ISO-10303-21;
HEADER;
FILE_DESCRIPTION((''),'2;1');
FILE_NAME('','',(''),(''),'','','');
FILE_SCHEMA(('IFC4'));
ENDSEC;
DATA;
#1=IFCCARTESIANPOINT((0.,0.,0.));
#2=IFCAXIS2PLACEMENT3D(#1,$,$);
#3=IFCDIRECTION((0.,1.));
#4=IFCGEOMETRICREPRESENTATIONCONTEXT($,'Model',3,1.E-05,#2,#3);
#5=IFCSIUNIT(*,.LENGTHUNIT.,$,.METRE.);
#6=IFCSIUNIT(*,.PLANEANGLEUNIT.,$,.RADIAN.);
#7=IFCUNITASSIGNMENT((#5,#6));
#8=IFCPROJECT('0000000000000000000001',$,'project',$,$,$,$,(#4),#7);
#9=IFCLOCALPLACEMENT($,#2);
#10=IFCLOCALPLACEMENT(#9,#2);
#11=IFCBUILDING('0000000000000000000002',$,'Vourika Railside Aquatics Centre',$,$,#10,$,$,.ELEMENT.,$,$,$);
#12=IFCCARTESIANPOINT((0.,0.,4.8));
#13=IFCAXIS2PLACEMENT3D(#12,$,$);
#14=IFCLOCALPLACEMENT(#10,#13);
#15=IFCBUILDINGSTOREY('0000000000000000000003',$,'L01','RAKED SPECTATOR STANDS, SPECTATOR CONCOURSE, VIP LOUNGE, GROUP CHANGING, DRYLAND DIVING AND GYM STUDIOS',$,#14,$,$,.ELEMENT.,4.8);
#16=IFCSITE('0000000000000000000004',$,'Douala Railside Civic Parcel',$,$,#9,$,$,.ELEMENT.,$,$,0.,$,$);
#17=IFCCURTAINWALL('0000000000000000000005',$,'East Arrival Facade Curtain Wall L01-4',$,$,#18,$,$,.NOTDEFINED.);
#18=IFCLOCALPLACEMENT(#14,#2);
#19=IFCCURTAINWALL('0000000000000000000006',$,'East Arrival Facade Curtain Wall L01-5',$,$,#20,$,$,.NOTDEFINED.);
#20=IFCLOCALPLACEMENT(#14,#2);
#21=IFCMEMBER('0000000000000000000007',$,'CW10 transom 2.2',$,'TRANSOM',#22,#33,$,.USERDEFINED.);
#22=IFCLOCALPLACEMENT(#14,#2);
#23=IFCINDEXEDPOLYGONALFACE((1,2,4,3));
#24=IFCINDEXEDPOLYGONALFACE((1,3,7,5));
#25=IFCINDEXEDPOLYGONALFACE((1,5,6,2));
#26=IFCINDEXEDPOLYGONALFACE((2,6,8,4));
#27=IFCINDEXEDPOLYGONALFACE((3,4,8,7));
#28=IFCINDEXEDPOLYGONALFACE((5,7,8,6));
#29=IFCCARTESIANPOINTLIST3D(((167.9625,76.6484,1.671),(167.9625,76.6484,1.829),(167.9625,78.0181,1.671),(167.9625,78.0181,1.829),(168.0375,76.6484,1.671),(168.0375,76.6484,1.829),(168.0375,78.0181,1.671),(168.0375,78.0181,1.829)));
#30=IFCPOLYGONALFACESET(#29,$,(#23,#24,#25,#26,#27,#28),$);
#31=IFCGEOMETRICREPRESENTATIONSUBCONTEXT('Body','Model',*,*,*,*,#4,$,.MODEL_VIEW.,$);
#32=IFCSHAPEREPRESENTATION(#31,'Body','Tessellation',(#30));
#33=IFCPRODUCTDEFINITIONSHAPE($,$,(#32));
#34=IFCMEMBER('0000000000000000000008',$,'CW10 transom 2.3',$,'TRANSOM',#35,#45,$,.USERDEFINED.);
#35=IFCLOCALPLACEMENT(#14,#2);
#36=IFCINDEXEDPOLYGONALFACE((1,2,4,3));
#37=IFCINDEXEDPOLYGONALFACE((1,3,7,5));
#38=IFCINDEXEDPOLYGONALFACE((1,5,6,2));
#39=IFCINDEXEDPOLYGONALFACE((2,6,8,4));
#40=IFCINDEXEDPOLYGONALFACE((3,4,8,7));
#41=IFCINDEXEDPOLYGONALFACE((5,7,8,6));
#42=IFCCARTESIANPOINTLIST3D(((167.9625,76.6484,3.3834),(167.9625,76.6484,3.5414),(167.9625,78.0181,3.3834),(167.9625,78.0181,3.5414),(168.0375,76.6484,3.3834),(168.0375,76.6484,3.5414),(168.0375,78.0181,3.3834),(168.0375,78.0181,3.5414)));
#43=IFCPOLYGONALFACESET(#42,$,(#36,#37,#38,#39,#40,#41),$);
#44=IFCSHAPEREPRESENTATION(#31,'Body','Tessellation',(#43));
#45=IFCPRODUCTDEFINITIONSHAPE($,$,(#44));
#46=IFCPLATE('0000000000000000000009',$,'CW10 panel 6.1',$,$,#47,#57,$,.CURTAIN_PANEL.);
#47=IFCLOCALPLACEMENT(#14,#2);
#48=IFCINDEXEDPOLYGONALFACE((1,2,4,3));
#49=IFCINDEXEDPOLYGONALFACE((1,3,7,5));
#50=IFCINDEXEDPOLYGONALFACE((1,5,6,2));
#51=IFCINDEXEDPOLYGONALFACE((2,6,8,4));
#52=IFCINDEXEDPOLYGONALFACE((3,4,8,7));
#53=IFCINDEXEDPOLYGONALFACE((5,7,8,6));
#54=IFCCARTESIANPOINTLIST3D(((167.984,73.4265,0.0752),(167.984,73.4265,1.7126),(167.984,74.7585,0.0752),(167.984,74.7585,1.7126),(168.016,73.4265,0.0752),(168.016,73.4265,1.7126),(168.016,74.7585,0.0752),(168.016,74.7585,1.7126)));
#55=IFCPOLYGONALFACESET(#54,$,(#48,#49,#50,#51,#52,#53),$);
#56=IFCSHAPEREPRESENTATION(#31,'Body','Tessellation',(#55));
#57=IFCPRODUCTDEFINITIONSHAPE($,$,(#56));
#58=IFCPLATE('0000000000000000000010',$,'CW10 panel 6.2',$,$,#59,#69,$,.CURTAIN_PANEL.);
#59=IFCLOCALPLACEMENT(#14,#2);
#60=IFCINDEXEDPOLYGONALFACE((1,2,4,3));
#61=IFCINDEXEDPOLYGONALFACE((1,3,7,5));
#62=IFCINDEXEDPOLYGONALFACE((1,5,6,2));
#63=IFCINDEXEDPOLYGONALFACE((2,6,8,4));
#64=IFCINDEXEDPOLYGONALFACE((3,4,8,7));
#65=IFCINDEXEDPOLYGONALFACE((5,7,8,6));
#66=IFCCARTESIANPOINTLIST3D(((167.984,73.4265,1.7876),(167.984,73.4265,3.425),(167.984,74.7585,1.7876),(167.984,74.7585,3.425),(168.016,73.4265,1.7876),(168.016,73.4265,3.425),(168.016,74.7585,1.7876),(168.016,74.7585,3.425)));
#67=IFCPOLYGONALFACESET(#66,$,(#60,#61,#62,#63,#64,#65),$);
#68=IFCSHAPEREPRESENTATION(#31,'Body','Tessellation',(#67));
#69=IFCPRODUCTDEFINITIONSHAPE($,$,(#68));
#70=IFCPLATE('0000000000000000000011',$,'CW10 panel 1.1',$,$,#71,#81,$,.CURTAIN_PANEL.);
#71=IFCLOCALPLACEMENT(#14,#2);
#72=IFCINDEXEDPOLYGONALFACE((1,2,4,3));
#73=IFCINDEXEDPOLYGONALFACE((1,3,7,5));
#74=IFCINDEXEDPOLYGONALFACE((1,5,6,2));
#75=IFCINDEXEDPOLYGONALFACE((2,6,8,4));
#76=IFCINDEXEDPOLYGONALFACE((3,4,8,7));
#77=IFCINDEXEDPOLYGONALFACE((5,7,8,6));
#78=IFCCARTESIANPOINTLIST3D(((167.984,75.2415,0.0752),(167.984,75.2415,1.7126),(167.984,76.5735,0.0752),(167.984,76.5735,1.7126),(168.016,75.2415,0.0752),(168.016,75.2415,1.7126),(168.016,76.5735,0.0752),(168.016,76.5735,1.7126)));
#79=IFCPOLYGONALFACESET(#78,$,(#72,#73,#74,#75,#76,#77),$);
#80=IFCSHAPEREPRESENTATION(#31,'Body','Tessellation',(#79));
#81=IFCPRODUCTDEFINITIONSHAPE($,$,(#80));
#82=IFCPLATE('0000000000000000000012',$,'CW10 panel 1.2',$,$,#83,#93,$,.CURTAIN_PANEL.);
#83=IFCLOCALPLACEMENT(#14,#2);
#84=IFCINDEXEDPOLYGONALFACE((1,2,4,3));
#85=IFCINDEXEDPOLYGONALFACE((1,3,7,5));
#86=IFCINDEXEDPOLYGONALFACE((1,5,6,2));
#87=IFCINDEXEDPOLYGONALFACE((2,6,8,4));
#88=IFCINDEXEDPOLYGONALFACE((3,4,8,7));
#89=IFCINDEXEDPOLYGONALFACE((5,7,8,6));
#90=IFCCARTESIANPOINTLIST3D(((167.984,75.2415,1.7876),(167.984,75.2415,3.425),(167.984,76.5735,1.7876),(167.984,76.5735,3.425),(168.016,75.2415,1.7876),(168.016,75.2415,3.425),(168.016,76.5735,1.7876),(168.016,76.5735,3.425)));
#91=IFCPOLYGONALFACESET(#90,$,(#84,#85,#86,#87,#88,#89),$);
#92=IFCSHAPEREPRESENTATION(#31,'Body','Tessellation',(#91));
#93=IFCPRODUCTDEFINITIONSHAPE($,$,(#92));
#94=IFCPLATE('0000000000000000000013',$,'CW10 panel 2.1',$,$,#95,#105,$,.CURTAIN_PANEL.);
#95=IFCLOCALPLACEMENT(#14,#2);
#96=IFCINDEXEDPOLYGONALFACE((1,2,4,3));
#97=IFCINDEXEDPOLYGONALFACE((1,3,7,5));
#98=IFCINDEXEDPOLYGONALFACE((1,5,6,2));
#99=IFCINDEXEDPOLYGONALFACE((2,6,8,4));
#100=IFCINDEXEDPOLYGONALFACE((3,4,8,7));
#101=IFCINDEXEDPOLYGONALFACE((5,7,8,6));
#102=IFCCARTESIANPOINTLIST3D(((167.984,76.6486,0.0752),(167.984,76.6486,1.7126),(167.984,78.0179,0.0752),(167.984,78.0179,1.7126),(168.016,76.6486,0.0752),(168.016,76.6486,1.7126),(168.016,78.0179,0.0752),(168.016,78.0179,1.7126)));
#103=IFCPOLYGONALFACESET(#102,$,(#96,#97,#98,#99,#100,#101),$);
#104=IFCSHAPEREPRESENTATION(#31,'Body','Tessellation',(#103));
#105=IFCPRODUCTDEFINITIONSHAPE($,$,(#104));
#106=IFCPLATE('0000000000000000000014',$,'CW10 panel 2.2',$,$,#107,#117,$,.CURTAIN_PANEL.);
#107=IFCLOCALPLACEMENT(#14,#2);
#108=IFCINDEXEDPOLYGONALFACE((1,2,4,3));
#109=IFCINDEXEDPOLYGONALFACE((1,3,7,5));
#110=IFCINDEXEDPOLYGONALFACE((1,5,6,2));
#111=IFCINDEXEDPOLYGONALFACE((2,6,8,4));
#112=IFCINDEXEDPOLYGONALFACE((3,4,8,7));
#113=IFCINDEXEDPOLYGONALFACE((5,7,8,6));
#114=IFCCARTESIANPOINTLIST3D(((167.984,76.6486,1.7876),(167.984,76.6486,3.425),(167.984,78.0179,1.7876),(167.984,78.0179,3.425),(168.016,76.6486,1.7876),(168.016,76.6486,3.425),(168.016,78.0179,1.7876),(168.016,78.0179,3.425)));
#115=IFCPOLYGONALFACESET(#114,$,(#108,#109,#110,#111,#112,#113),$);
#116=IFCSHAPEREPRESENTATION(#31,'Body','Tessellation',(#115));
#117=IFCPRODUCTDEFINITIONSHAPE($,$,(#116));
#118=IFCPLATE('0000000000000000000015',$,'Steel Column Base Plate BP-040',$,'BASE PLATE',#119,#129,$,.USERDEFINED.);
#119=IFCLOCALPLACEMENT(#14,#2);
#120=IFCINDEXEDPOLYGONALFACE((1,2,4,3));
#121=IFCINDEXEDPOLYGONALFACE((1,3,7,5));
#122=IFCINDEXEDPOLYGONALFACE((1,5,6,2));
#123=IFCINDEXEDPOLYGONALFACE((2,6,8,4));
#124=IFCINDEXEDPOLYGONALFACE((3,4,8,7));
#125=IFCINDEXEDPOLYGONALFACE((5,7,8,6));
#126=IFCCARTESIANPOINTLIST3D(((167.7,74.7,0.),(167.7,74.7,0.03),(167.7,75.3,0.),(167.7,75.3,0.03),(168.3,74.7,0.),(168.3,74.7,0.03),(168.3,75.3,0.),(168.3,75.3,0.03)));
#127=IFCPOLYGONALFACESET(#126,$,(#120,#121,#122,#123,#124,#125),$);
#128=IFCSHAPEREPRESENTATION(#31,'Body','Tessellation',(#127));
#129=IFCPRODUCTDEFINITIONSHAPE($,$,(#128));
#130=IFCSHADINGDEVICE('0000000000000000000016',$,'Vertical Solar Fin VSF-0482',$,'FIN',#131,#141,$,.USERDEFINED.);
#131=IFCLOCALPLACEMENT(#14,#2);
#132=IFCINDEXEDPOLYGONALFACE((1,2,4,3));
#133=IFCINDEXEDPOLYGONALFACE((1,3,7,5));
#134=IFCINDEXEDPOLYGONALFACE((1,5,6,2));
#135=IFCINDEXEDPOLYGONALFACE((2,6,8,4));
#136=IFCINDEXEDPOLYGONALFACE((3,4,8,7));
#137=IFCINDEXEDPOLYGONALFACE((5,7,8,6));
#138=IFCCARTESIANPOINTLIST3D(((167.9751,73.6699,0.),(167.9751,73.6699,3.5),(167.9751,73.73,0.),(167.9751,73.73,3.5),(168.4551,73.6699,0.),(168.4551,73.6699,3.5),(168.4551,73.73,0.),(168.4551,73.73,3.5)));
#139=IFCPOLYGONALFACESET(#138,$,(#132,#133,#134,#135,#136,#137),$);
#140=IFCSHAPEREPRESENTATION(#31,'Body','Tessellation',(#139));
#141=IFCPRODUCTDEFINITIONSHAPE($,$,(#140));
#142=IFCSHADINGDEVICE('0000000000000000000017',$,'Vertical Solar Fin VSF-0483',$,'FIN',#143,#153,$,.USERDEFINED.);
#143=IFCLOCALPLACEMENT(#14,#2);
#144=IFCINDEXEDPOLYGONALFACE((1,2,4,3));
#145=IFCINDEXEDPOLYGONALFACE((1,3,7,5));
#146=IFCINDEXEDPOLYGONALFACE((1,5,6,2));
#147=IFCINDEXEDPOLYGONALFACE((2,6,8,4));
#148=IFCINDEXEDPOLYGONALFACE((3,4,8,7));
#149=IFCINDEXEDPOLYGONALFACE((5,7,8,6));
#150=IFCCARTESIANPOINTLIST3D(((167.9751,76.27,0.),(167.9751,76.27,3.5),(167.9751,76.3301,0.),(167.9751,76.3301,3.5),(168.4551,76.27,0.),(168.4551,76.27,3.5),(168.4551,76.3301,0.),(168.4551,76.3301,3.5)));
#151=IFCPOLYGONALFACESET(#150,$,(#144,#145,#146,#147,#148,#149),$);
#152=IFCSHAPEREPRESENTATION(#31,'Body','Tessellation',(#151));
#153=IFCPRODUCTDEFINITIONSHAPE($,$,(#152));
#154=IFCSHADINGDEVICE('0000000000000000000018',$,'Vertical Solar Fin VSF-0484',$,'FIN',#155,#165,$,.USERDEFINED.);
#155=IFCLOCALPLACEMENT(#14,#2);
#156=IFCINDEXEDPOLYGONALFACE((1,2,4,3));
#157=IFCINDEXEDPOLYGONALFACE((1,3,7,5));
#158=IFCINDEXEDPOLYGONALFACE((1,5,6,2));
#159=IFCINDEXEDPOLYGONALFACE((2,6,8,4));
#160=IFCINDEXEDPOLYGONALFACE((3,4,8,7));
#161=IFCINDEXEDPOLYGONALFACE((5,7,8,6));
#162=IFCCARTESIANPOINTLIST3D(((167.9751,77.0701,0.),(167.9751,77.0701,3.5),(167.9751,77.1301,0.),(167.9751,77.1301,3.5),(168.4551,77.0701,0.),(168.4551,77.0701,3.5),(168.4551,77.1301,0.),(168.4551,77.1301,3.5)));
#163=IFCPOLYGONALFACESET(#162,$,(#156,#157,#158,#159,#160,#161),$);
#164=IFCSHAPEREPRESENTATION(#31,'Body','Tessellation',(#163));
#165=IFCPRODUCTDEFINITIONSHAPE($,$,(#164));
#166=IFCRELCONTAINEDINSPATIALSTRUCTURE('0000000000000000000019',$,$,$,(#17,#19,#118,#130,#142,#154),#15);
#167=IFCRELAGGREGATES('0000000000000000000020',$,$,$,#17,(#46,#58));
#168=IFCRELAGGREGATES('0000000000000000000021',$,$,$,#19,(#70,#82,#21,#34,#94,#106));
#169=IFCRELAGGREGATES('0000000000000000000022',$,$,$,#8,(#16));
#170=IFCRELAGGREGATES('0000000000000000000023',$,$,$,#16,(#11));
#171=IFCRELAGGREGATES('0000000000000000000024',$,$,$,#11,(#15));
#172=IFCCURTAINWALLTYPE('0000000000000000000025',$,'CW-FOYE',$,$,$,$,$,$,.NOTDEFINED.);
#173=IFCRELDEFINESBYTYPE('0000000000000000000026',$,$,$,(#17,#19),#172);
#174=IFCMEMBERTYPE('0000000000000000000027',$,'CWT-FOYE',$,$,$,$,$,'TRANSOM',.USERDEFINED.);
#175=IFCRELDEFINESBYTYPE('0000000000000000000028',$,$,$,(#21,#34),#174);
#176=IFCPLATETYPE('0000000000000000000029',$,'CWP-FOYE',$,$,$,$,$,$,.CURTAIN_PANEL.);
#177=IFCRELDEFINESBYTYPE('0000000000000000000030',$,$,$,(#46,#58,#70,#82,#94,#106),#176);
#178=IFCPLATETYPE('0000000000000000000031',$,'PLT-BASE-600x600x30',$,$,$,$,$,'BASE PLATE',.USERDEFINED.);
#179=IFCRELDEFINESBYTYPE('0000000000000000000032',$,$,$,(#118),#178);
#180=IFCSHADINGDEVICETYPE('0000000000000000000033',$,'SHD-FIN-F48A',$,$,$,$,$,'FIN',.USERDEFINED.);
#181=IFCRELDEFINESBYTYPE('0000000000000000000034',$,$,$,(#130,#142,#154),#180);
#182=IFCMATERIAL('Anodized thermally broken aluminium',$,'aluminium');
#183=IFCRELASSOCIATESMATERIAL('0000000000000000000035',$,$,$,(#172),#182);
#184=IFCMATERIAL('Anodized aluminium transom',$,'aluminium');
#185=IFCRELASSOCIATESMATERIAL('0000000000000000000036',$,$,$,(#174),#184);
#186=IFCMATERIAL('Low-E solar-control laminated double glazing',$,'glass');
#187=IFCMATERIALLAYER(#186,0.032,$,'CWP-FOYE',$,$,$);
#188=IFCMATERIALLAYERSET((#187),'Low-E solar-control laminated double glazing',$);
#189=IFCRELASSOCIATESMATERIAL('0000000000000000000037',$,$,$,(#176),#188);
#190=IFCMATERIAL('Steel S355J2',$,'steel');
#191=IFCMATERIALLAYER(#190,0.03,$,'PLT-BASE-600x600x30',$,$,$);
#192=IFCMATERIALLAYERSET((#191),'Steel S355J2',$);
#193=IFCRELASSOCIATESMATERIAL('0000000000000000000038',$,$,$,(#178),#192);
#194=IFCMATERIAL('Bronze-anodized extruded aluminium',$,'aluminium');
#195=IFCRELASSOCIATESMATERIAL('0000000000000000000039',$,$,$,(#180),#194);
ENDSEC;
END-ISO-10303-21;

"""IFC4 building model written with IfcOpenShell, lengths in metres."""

from ifc_helpers import new_model, si_unit, direction, frame, origin, origin_2d, place, context, subcontext, project, spatial, rectangle, extrude, material, layer, layer_set, material_profile, profile_set, type_object, element, aggregate, save


model = new_model("IFC4")

# Units and contexts
model_context = context("Model", 3, precision=1e-05, world=origin(), true_north=direction((0.0, 1.0)))
body_context = subcontext(model_context, "Body", "Model", "MODEL_VIEW")
ifc_project = project(units=[si_unit("LENGTHUNIT", "METRE"), si_unit("PLANEANGLEUNIT", "RADIAN")], contexts=[model_context])

# Site, building, storey
site_placement = place(None, origin())
site = spatial("IfcSite", under=ifc_project, at=site_placement, Name="Douala Railside Civic Parcel", CompositionType="ELEMENT", RefElevation=0.0)
building_placement = place(site_placement, origin())
building = spatial("IfcBuilding", under=site, at=building_placement, Name="Vourika Railside Aquatics Centre", CompositionType="ELEMENT")
storey_placement = place(building_placement, frame((0.0, 0.0, 4.8)))
storey = spatial("IfcBuildingStorey", under=building, at=storey_placement, Name="L01", Description="RAKED SPECTATOR STANDS, SPECTATOR CONCOURSE, VIP LOUNGE, GROUP CHANGING, DRYLAND DIVING AND GYM STUDIOS", CompositionType="ELEMENT", Elevation=4.8)

# Shared definitions
ifc_material_1 = material(Name="Steel S355J2", Category="steel")

# Curtain wall
ifc_material_2 = material(Name="Anodized thermally broken aluminium", Category="aluminium")
curtain_wall_type = type_object("IfcCurtainWallType", Name="CW-FOYE", PredefinedType="NOTDEFINED", material=ifc_material_2)
curtain_wall_1_placement = place(storey_placement, origin())
curtain_wall_1 = element("IfcCurtainWall", 1, at=curtain_wall_1_placement, inside=storey, type_object=curtain_wall_type, Name="East Arrival Facade Curtain Wall L01-4", PredefinedType="NOTDEFINED")

# Curtain wall
curtain_wall_2_placement = place(storey_placement, origin())
curtain_wall_2 = element("IfcCurtainWall", 2, at=curtain_wall_2_placement, inside=storey, type_object=curtain_wall_type, Name="East Arrival Facade Curtain Wall L01-5", PredefinedType="NOTDEFINED")

# Members
ifc_material_3 = material(Name="Anodized aluminium transom", Category="aluminium")
ifc_material_profile_1 = material_profile(ifc_material_3, rectangle(XDim=0.075, YDim=0.158, at=origin_2d()), Name="ALU-T 75x158")
ifc_profile_set_1 = profile_set([ifc_material_profile_1], Name="Anodized aluminium transom")
member_type_1 = type_object("IfcMemberType", Name="CWT-FOYE", ElementType="TRANSOM", PredefinedType="USERDEFINED", material=ifc_profile_set_1)
member_1_placement = place(storey_placement, frame((168.0, 76.6484, 1.75), z_axis=(0.0, 1.0, 0.0), x_axis=(-1.0, 0.0, 0.0)))
member_1 = element("IfcMember", 3, at=member_1_placement, type_object=member_type_1, Name="CW10 transom 2.2", ObjectType="TRANSOM", PredefinedType="USERDEFINED", context=body_context, shape_type="SweptSolid", body=[
    extrude(rectangle(XDim=0.075, YDim=0.158, at=origin_2d()), origin(), (0.0, 0.0, 1.0), 1.3696),
])
member_2_placement = place(storey_placement, frame((168.0, 76.6484, 3.4624), z_axis=(0.0, 1.0, 0.0), x_axis=(-1.0, 0.0, 0.0)))
member_2 = element("IfcMember", 4, at=member_2_placement, type_object=member_type_1, Name="CW10 transom 2.3", ObjectType="TRANSOM", PredefinedType="USERDEFINED", context=body_context, shape_type="SweptSolid", body=[
    extrude(rectangle(XDim=0.075, YDim=0.158, at=origin_2d()), origin(), (0.0, 0.0, 1.0), 1.3696),
])

# Plates
ifc_material_4 = material(Name="Low-E solar-control laminated double glazing", Category="glass")
ifc_layer_1 = layer(ifc_material_4, 0.032, Name="CWP-FOYE")
ifc_layer_set_1 = layer_set([ifc_layer_1], Name="Low-E solar-control laminated double glazing")
plate_type_1 = type_object("IfcPlateType", Name="CWP-FOYE", PredefinedType="CURTAIN_PANEL", material=ifc_layer_set_1)
plate_1_placement = place(storey_placement, frame((168.0, 74.0925, 0.0752), z_axis=(0.0, 0.0, 1.0), x_axis=(0.0, 1.0, 0.0)))
plate_1 = element("IfcPlate", 5, at=plate_1_placement, type_object=plate_type_1, Name="CW10 panel 6.1", PredefinedType="CURTAIN_PANEL", context=body_context, shape_type="SweptSolid", body=[
    extrude(rectangle(XDim=1.332, YDim=0.032, at=origin_2d()), origin(), (0.0, 0.0, 1.0), 1.6375),
])
plate_2_placement = place(storey_placement, frame((168.0, 74.0925, 1.7876), z_axis=(0.0, 0.0, 1.0), x_axis=(0.0, 1.0, 0.0)))
plate_2 = element("IfcPlate", 6, at=plate_2_placement, type_object=plate_type_1, Name="CW10 panel 6.2", PredefinedType="CURTAIN_PANEL", context=body_context, shape_type="SweptSolid", body=[
    extrude(rectangle(XDim=1.332, YDim=0.032, at=origin_2d()), origin(), (0.0, 0.0, 1.0), 1.6375),
])
aggregate(curtain_wall_1, [plate_1, plate_2])
plate_3_placement = place(storey_placement, frame((168.0, 75.9075, 0.0752), z_axis=(0.0, 0.0, 1.0), x_axis=(0.0, 1.0, 0.0)))
plate_3 = element("IfcPlate", 7, at=plate_3_placement, type_object=plate_type_1, Name="CW10 panel 1.1", PredefinedType="CURTAIN_PANEL", context=body_context, shape_type="SweptSolid", body=[
    extrude(rectangle(XDim=1.332, YDim=0.032, at=origin_2d()), origin(), (0.0, 0.0, 1.0), 1.6375),
])
plate_4_placement = place(storey_placement, frame((168.0, 75.9075, 1.7876), z_axis=(0.0, 0.0, 1.0), x_axis=(0.0, 1.0, 0.0)))
plate_4 = element("IfcPlate", 8, at=plate_4_placement, type_object=plate_type_1, Name="CW10 panel 1.2", PredefinedType="CURTAIN_PANEL", context=body_context, shape_type="SweptSolid", body=[
    extrude(rectangle(XDim=1.332, YDim=0.032, at=origin_2d()), origin(), (0.0, 0.0, 1.0), 1.6375),
])
plate_5_placement = place(storey_placement, frame((168.0, 77.3333, 0.0752), z_axis=(0.0, 0.0, 1.0), x_axis=(0.0, 1.0, 0.0)))
plate_5 = element("IfcPlate", 9, at=plate_5_placement, type_object=plate_type_1, Name="CW10 panel 2.1", PredefinedType="CURTAIN_PANEL", context=body_context, shape_type="SweptSolid", body=[
    extrude(rectangle(XDim=1.3694, YDim=0.032, at=origin_2d()), origin(), (0.0, 0.0, 1.0), 1.6375),
])
plate_6_placement = place(storey_placement, frame((168.0, 77.3333, 1.7876), z_axis=(0.0, 0.0, 1.0), x_axis=(0.0, 1.0, 0.0)))
plate_6 = element("IfcPlate", 10, at=plate_6_placement, type_object=plate_type_1, Name="CW10 panel 2.2", PredefinedType="CURTAIN_PANEL", context=body_context, shape_type="SweptSolid", body=[
    extrude(rectangle(XDim=1.3694, YDim=0.032, at=origin_2d()), origin(), (0.0, 0.0, 1.0), 1.6375),
])
aggregate(curtain_wall_2, [plate_3, plate_4, member_1, member_2, plate_5, plate_6])
ifc_layer_2 = layer(ifc_material_1, 0.03, Name="PLT-BASE-600x600x30")
ifc_layer_set_2 = layer_set([ifc_layer_2], Name="Steel S355J2")
plate_type_2 = type_object("IfcPlateType", Name="PLT-BASE-600x600x30", ElementType="BASE PLATE", PredefinedType="USERDEFINED", material=ifc_layer_set_2)
plate_7_placement = place(storey_placement, frame((168.0, 75.0, 0.0), z_axis=(0.0, 0.0, 1.0), x_axis=(1.0, 0.0, 0.0)))
element("IfcPlate", 11, at=plate_7_placement, inside=storey, type_object=plate_type_2, Name="Steel Column Base Plate BP-040", ObjectType="BASE PLATE", PredefinedType="USERDEFINED", context=body_context, shape_type="SweptSolid", body=[
    extrude(rectangle(XDim=0.6001, YDim=0.6001, at=origin_2d()), origin(), (0.0, 0.0, 1.0), 0.03),
])

# Shading devices
ifc_material_5 = material(Name="Bronze-anodized extruded aluminium", Category="aluminium")
ifc_material_profile_2 = material_profile(ifc_material_5, rectangle(XDim=0.0601, YDim=0.48, at=origin_2d()), Name="ALU-FIN 60x480")
ifc_profile_set_2 = profile_set([ifc_material_profile_2], Name="Bronze-anodized extruded aluminium")
shading_device_type = type_object("IfcShadingDeviceType", Name="SHD-FIN-F48A", ElementType="FIN", PredefinedType="USERDEFINED", material=ifc_profile_set_2)
for number, where, z_axis, x_axis, name in (
    (12, (168.2151, 73.7, 0.0), (0.0, 0.0, 1.0), (0.0, -1.0, 0.0), "Vertical Solar Fin VSF-0482"),
    (13, (168.2151, 76.3, 0.0), (0.0, 0.0, 1.0), (0.0, -1.0, 0.0), "Vertical Solar Fin VSF-0483"),
    (14, (168.2151, 77.1001, 0.0), (0.0, 0.0, 1.0), (0.0, -1.0, 0.0), "Vertical Solar Fin VSF-0484"),
):
    element("IfcShadingDevice", number, at=place(storey_placement, frame(where, z_axis=z_axis, x_axis=x_axis)), inside=storey, type_object=shading_device_type, Name=name, ObjectType="FIN", PredefinedType="USERDEFINED", context=body_context, shape_type="SweptSolid", body=[
        extrude(rectangle(XDim=0.0601, YDim=0.48, at=origin_2d()), origin(), (0.0, 0.0, 1.0), 3.5),
    ])

save(model, "model.ifc")
